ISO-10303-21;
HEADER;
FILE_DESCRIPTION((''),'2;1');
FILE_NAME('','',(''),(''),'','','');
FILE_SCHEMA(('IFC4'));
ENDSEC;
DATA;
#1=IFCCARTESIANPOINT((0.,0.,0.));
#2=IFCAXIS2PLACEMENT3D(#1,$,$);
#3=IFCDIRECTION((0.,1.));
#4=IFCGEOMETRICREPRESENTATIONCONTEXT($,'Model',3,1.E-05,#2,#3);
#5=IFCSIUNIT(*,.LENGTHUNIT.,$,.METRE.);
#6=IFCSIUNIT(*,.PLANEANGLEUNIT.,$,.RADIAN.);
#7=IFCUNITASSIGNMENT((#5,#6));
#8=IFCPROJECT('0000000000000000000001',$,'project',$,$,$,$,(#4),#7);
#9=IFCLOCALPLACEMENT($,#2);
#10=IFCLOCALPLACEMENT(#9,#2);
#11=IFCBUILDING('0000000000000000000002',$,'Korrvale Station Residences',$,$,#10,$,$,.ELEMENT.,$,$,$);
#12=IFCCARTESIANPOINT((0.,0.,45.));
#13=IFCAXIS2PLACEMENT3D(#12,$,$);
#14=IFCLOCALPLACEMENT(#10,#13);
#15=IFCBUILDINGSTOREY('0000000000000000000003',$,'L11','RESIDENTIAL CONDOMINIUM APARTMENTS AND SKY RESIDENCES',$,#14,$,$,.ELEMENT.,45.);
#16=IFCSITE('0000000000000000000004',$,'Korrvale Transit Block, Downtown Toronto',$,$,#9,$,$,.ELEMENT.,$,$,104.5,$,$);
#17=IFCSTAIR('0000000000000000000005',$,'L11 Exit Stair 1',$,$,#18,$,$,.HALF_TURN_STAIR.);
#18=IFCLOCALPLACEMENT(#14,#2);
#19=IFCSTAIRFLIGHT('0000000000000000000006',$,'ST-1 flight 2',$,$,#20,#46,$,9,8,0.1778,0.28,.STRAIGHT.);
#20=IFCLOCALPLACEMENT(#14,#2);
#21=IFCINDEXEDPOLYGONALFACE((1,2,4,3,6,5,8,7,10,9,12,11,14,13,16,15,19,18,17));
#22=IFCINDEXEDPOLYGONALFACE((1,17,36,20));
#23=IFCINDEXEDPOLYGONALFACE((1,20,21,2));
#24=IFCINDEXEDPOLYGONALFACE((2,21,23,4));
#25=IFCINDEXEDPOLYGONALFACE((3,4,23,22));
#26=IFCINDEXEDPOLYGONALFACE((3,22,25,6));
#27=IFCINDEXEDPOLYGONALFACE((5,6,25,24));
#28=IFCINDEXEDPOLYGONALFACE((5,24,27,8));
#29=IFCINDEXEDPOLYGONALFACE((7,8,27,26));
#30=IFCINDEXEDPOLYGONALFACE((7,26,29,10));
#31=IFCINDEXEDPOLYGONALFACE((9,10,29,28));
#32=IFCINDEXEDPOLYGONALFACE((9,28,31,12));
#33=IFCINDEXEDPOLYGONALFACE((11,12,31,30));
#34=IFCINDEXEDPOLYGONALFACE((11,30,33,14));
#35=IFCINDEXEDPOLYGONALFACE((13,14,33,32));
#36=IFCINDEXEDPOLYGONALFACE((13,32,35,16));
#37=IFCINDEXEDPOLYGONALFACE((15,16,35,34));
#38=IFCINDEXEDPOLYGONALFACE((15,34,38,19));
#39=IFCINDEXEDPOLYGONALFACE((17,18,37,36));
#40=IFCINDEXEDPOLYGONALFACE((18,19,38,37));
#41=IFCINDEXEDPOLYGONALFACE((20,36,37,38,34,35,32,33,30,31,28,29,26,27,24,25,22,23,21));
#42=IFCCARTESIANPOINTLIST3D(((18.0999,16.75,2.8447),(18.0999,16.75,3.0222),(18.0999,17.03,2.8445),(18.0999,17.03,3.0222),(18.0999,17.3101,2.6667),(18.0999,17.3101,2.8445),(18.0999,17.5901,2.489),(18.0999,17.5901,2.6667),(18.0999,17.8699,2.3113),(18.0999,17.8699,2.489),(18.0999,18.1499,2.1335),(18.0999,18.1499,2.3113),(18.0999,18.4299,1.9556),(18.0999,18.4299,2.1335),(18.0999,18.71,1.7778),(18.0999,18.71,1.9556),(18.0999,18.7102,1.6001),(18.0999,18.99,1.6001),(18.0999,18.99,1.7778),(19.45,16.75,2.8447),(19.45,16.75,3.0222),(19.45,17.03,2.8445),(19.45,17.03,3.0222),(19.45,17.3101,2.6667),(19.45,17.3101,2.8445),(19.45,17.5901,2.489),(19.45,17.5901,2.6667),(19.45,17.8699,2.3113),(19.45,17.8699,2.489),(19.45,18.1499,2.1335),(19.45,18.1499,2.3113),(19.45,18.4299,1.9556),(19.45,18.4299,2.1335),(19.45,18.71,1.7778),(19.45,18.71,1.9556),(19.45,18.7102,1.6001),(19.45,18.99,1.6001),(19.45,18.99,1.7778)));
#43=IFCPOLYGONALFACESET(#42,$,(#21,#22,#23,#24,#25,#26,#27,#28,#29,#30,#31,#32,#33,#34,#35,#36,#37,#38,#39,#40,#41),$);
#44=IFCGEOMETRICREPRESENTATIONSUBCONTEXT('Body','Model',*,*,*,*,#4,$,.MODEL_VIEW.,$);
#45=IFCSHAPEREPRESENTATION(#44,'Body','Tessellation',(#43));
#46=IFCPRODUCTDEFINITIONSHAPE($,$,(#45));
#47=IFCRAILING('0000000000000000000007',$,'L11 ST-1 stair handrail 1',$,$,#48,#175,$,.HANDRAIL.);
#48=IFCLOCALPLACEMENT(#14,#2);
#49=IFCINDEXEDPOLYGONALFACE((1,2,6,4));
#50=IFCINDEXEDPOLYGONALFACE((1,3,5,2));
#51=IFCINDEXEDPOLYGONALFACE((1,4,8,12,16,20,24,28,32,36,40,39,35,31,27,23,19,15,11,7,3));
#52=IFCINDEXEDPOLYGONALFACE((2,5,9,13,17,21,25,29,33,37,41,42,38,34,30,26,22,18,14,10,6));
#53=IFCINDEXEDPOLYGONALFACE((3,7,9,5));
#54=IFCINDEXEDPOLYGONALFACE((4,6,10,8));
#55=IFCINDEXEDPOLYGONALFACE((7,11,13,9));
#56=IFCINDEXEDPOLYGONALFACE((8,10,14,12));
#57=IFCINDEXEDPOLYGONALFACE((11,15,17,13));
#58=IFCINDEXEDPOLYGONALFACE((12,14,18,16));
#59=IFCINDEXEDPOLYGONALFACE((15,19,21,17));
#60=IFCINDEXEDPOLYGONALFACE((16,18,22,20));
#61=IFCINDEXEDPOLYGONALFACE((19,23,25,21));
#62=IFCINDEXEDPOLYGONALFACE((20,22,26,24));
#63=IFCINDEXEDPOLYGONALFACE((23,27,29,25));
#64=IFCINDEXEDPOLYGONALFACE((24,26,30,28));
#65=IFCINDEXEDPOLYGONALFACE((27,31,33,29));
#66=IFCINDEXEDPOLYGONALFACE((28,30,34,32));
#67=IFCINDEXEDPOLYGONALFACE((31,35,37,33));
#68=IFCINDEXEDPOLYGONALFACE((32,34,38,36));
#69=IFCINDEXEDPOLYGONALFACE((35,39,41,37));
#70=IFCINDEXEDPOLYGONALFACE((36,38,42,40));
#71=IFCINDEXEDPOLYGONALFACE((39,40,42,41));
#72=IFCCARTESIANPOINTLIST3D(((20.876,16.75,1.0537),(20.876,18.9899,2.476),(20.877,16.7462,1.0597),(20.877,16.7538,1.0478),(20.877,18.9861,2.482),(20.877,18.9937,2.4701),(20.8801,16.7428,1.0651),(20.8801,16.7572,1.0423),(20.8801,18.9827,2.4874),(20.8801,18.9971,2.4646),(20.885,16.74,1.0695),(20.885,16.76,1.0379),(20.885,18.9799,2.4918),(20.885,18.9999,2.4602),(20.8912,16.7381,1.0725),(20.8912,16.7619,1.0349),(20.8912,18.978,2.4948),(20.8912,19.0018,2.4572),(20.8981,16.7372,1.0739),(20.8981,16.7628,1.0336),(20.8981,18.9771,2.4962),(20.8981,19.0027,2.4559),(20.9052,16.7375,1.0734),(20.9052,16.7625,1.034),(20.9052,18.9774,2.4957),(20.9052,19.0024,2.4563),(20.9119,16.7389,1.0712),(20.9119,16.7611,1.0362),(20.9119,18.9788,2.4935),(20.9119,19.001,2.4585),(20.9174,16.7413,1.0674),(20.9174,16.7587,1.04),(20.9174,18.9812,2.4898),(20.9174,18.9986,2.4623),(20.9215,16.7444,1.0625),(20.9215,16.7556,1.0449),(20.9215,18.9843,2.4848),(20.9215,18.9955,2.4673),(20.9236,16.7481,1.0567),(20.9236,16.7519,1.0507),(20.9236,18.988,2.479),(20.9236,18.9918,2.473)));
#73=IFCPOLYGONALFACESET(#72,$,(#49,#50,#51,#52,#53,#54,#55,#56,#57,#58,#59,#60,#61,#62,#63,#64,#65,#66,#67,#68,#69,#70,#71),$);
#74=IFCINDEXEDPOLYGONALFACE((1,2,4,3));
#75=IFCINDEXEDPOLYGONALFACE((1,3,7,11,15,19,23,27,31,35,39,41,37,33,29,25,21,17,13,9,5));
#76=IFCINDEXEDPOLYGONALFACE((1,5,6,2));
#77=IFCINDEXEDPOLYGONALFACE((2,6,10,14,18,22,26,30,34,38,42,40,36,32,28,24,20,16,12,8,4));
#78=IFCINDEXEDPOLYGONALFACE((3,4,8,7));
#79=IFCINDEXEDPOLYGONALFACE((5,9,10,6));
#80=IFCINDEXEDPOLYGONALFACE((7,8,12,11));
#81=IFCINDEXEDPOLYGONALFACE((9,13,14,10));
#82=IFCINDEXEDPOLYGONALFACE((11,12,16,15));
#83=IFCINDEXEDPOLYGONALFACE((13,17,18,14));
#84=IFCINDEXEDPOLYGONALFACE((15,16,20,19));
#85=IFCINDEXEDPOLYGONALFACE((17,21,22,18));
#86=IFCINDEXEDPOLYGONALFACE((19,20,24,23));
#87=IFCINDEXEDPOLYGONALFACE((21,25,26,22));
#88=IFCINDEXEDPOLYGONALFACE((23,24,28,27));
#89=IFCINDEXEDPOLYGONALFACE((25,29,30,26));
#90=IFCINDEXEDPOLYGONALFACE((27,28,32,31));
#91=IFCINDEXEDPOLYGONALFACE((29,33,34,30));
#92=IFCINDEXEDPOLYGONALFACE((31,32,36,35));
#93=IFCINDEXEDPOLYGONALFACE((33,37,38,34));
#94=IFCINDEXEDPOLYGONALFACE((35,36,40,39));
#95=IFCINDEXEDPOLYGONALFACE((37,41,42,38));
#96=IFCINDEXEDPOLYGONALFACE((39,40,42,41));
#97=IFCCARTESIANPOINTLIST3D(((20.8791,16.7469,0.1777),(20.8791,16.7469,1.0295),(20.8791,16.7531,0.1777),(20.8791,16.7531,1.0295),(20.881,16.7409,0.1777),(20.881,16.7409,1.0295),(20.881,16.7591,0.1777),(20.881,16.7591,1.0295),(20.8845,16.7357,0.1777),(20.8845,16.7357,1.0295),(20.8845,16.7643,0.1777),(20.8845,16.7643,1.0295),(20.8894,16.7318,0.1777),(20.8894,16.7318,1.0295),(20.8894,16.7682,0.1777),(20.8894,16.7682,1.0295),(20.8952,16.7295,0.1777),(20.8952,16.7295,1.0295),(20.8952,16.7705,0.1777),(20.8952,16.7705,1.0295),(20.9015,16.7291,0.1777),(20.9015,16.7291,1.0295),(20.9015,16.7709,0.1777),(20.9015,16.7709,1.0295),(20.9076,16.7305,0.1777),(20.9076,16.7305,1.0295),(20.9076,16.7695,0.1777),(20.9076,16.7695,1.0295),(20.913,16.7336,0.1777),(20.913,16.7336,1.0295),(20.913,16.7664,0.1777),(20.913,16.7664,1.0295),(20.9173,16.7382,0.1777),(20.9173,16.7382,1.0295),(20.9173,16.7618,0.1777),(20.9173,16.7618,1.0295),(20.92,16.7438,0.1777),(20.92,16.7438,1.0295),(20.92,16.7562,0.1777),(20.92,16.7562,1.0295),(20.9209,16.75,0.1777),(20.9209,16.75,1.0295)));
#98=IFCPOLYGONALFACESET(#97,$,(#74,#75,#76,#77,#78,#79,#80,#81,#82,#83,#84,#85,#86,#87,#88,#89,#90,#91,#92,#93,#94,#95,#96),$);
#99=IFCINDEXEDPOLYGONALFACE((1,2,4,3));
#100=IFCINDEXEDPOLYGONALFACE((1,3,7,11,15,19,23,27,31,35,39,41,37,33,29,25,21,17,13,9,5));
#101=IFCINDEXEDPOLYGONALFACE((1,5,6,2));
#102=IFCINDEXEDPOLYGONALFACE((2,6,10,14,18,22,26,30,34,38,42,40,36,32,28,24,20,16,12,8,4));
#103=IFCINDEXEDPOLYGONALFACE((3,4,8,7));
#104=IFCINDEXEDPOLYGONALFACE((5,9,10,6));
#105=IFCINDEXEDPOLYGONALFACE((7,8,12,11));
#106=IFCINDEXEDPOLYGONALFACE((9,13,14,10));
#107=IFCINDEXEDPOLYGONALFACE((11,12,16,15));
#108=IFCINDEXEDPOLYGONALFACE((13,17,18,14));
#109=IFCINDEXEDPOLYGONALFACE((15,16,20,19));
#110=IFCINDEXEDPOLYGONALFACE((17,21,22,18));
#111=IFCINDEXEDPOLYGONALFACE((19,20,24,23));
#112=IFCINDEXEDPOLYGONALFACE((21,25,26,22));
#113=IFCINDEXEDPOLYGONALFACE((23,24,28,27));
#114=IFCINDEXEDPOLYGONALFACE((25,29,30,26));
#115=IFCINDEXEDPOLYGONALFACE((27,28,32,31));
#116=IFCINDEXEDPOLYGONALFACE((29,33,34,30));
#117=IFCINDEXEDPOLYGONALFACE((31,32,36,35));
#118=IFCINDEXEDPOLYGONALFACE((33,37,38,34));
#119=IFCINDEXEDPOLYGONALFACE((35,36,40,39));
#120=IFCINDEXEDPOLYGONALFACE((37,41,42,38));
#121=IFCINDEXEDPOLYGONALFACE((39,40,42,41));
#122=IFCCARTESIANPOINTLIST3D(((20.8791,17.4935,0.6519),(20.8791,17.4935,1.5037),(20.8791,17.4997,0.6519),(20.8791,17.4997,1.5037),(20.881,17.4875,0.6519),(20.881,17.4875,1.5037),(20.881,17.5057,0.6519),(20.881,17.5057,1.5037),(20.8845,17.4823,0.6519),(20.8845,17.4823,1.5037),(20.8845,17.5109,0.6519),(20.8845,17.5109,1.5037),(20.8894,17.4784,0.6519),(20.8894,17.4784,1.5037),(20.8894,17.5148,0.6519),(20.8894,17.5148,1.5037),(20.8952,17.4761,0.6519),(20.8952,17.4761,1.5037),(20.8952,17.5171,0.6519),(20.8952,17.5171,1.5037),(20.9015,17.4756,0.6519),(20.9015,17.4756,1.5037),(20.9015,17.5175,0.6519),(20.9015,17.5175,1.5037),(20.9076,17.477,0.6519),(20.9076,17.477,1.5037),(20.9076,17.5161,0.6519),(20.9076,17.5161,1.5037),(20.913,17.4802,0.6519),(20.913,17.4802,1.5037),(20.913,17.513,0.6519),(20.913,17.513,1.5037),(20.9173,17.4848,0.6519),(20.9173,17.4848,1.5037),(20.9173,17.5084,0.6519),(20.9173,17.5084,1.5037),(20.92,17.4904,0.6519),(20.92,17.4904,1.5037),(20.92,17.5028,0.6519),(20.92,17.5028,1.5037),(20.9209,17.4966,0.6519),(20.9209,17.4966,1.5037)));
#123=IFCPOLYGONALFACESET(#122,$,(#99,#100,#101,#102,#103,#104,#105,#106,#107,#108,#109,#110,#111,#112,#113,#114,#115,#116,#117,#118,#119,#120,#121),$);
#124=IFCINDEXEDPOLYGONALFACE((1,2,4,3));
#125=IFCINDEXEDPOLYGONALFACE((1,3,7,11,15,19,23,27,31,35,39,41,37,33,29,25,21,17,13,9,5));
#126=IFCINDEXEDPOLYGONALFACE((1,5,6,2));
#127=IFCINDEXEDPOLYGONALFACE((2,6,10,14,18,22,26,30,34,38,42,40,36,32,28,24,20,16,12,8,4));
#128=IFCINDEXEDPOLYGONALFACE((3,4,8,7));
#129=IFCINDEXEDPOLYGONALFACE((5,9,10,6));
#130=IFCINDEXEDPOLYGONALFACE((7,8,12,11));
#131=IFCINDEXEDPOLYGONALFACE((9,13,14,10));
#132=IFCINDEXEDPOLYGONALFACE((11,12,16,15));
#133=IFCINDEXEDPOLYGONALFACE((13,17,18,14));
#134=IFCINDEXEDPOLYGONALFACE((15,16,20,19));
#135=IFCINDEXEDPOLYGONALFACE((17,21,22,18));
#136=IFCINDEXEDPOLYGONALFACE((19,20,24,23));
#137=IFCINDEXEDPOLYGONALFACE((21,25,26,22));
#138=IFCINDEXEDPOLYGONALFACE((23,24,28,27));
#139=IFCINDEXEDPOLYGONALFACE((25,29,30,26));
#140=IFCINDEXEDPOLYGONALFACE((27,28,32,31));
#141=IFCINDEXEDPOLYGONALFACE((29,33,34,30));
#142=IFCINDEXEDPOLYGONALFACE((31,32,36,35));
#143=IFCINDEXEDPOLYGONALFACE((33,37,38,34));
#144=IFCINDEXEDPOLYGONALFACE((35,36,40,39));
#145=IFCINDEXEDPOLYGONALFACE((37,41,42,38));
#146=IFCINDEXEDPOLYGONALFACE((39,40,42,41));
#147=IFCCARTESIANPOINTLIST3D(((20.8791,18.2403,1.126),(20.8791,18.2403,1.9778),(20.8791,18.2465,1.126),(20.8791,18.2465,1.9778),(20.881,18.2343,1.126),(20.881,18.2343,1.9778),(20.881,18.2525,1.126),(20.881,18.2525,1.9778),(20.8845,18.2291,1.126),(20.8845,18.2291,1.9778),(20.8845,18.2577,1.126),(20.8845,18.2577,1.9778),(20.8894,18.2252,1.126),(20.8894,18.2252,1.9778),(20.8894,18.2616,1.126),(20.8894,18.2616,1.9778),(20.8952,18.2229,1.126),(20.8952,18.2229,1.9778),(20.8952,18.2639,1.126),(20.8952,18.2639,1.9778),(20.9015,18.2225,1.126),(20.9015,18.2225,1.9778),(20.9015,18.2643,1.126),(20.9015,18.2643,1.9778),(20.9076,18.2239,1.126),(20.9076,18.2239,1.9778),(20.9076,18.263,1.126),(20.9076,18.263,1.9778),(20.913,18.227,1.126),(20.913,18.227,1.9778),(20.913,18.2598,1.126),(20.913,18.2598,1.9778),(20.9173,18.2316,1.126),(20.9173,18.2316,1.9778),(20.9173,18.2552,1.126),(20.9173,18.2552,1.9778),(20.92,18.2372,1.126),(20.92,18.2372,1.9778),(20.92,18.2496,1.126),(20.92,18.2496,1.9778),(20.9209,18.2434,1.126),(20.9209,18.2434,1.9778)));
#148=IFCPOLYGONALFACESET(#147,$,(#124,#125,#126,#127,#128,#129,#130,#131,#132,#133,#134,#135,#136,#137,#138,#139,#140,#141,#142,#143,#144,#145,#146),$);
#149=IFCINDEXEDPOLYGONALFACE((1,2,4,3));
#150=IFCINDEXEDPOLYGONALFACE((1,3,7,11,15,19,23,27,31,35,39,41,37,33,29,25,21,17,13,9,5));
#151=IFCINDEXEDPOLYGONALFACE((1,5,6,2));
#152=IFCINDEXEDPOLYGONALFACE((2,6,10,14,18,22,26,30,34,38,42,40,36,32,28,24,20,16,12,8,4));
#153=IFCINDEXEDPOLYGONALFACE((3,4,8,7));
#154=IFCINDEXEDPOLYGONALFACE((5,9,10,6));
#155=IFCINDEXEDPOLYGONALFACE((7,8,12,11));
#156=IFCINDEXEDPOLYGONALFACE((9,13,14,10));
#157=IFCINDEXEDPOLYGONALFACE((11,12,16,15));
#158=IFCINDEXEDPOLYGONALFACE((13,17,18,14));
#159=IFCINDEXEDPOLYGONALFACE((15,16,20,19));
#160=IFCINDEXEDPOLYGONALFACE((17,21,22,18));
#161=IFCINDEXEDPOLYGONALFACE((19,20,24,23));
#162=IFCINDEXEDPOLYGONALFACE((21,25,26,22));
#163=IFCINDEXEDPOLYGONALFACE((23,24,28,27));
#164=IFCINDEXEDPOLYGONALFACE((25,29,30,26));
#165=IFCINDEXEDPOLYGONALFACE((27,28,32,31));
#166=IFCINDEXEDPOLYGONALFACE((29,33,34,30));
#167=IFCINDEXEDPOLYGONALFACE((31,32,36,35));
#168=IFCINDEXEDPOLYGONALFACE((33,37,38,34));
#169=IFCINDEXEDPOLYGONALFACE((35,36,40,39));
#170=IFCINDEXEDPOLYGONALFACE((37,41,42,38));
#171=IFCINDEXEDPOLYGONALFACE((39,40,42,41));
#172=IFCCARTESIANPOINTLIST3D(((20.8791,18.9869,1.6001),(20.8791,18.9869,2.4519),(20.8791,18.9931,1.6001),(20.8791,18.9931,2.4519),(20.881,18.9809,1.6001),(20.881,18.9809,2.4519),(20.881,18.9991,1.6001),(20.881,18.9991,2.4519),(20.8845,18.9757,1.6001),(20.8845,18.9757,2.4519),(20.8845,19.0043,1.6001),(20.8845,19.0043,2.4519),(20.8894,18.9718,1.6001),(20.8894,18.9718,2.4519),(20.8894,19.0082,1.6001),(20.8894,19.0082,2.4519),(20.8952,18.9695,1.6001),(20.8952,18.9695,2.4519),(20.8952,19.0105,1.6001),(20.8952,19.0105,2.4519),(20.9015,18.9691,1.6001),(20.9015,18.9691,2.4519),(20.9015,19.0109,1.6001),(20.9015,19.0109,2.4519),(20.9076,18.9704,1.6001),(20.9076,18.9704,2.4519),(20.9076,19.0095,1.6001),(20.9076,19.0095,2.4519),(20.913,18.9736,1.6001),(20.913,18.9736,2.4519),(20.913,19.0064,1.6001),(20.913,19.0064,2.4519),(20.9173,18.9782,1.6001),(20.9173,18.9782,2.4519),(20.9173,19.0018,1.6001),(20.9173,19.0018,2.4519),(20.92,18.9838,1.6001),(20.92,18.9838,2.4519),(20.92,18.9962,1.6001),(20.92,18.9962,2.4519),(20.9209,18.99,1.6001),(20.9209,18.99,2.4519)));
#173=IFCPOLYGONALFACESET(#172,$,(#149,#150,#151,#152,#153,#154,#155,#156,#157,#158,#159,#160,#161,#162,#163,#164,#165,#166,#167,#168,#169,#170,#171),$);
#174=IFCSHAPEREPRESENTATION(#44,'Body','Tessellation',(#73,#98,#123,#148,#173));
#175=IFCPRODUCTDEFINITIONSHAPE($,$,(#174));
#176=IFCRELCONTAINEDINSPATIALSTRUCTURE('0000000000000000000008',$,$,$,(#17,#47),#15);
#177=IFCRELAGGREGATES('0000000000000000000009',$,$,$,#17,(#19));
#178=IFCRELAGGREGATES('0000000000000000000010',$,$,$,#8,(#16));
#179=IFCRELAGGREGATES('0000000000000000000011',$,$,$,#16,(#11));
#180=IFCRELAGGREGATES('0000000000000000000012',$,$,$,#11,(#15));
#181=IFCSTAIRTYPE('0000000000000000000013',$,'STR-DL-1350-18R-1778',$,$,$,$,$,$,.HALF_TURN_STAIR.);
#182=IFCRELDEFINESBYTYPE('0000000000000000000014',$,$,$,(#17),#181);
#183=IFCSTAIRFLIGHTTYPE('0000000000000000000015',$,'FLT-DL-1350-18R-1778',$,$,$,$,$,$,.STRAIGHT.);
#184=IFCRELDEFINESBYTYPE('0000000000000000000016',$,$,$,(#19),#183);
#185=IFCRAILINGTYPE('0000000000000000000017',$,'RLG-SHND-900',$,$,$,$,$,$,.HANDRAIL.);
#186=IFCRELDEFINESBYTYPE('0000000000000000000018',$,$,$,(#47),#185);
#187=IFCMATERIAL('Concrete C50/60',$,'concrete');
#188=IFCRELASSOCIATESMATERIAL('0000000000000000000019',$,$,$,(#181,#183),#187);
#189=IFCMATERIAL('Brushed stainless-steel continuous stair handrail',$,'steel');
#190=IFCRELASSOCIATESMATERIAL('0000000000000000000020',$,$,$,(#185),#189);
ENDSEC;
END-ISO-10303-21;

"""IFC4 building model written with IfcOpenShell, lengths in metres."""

from ifc_helpers import new_model, si_unit, direction, frame, origin, origin_2d, place, context, subcontext, project, spatial, polyline, circle, outline, extrude, material, type_object, element, aggregate, save


model = new_model("IFC4")

# Units and contexts
model_context = context("Model", 3, precision=1e-05, world=origin(), true_north=direction((0.0, 1.0)))
body_context = subcontext(model_context, "Body", "Model", "MODEL_VIEW")
ifc_project = project(units=[si_unit("LENGTHUNIT", "METRE"), si_unit("PLANEANGLEUNIT", "RADIAN")], contexts=[model_context])

# Site, building, storey
site_placement = place(None, origin())
site = spatial("IfcSite", under=ifc_project, at=site_placement, Name="Korrvale Transit Block, Downtown Toronto", CompositionType="ELEMENT", RefElevation=104.5)
building_placement = place(site_placement, origin())
building = spatial("IfcBuilding", under=site, at=building_placement, Name="Korrvale Station Residences", CompositionType="ELEMENT")
storey_placement = place(building_placement, frame((0.0, 0.0, 45.0)))
storey = spatial("IfcBuildingStorey", under=building, at=storey_placement, Name="L11", Description="RESIDENTIAL CONDOMINIUM APARTMENTS AND SKY RESIDENCES", CompositionType="ELEMENT", Elevation=45.0)

# Stair, stair flight
ifc_material_1 = material(Name="Concrete C50/60", Category="concrete")
stair_type = type_object("IfcStairType", Name="STR-DL-1350-18R-1778", PredefinedType="HALF_TURN_STAIR", material=ifc_material_1)
stair_placement = place(storey_placement, origin())
stair = element("IfcStair", 1, at=stair_placement, inside=storey, type_object=stair_type, Name="L11 Exit Stair 1", PredefinedType="HALF_TURN_STAIR")
stair_flight_type = type_object("IfcStairFlightType", Name="FLT-DL-1350-18R-1778", PredefinedType="STRAIGHT", material=ifc_material_1)
stair_flight_1_placement = place(storey_placement, frame((18.7749, 18.99, 1.6001), z_axis=(0.0, 0.0, 1.0), x_axis=(0.0, -1.0, 0.0)))
stair_flight_1 = element("IfcStairFlight", 2, at=stair_flight_1_placement, type_object=stair_flight_type, Name="ST-1 flight 2", NumberOfRisers=9, NumberOfTreads=8, PredefinedType="STRAIGHT", RiserHeight=0.1778, TreadLength=0.28, context=body_context, shape_type="SweptSolid", body=[
    extrude(outline(polyline([(0.0, 0.0), (0.0, 0.1777), (0.28, 0.1777), (0.28, 0.3555), (0.5601, 0.3555), (0.5601, 0.5334), (0.8401, 0.5334), (0.8401, 0.7112), (1.1201, 0.7112), (1.1201, 0.8889), (1.3999, 0.8889), (1.3999, 1.0667), (1.6799, 1.0667), (1.6799, 1.2444), (1.96, 1.2444), (1.96, 1.4221), (2.24, 1.4221), (2.24, 1.6001), (2.24, 1.2446), (0.2798, 0.0), (0.0, 0.0)])), frame((0.0, 0.675, 0.0), z_axis=(0.0, -1.0, 0.0), x_axis=(1.0, 0.0, 0.0)), (0.0, 0.0, 1.0), 1.3501),
])
aggregate(stair, [stair_flight_1])

# Railing
ifc_material_2 = material(Name="Brushed stainless-steel continuous stair handrail", Category="steel")
railing_type_1 = type_object("IfcRailingType", Name="RLG-SHND-900", PredefinedType="HANDRAIL", material=ifc_material_2)
railing_1_placement = place(storey_placement, frame((20.8999, 16.75, 0.1777)))
element("IfcRailing", 3, at=railing_1_placement, inside=storey, type_object=railing_type_1, Name="L11 ST-1 stair handrail 1", PredefinedType="HANDRAIL", context=body_context, shape_type="SweptSolid", body=[
    extrude(circle(Radius=0.0239, at=origin_2d()), frame((0.0, 0.0, 0.876), z_axis=(0.0, 0.844188, 0.536048), x_axis=(-1.0, 0.0, 0.0)), (0.0, 0.0, 1.0), 2.6533),
    extrude(circle(Radius=0.021, at=origin_2d()), origin(), (0.0, 0.0, 1.0), 0.8518),
    extrude(circle(Radius=0.021, at=origin_2d()), frame((0.0, 0.7466, 0.4741)), (0.0, 0.0, 1.0), 0.8518),
    extrude(circle(Radius=0.021, at=origin_2d()), frame((0.0, 1.4934, 0.9482)), (0.0, 0.0, 1.0), 0.8518),
    extrude(circle(Radius=0.021, at=origin_2d()), frame((0.0, 2.24, 1.4224)), (0.0, 0.0, 1.0), 0.8518),
])

save(model, "model.ifc")
